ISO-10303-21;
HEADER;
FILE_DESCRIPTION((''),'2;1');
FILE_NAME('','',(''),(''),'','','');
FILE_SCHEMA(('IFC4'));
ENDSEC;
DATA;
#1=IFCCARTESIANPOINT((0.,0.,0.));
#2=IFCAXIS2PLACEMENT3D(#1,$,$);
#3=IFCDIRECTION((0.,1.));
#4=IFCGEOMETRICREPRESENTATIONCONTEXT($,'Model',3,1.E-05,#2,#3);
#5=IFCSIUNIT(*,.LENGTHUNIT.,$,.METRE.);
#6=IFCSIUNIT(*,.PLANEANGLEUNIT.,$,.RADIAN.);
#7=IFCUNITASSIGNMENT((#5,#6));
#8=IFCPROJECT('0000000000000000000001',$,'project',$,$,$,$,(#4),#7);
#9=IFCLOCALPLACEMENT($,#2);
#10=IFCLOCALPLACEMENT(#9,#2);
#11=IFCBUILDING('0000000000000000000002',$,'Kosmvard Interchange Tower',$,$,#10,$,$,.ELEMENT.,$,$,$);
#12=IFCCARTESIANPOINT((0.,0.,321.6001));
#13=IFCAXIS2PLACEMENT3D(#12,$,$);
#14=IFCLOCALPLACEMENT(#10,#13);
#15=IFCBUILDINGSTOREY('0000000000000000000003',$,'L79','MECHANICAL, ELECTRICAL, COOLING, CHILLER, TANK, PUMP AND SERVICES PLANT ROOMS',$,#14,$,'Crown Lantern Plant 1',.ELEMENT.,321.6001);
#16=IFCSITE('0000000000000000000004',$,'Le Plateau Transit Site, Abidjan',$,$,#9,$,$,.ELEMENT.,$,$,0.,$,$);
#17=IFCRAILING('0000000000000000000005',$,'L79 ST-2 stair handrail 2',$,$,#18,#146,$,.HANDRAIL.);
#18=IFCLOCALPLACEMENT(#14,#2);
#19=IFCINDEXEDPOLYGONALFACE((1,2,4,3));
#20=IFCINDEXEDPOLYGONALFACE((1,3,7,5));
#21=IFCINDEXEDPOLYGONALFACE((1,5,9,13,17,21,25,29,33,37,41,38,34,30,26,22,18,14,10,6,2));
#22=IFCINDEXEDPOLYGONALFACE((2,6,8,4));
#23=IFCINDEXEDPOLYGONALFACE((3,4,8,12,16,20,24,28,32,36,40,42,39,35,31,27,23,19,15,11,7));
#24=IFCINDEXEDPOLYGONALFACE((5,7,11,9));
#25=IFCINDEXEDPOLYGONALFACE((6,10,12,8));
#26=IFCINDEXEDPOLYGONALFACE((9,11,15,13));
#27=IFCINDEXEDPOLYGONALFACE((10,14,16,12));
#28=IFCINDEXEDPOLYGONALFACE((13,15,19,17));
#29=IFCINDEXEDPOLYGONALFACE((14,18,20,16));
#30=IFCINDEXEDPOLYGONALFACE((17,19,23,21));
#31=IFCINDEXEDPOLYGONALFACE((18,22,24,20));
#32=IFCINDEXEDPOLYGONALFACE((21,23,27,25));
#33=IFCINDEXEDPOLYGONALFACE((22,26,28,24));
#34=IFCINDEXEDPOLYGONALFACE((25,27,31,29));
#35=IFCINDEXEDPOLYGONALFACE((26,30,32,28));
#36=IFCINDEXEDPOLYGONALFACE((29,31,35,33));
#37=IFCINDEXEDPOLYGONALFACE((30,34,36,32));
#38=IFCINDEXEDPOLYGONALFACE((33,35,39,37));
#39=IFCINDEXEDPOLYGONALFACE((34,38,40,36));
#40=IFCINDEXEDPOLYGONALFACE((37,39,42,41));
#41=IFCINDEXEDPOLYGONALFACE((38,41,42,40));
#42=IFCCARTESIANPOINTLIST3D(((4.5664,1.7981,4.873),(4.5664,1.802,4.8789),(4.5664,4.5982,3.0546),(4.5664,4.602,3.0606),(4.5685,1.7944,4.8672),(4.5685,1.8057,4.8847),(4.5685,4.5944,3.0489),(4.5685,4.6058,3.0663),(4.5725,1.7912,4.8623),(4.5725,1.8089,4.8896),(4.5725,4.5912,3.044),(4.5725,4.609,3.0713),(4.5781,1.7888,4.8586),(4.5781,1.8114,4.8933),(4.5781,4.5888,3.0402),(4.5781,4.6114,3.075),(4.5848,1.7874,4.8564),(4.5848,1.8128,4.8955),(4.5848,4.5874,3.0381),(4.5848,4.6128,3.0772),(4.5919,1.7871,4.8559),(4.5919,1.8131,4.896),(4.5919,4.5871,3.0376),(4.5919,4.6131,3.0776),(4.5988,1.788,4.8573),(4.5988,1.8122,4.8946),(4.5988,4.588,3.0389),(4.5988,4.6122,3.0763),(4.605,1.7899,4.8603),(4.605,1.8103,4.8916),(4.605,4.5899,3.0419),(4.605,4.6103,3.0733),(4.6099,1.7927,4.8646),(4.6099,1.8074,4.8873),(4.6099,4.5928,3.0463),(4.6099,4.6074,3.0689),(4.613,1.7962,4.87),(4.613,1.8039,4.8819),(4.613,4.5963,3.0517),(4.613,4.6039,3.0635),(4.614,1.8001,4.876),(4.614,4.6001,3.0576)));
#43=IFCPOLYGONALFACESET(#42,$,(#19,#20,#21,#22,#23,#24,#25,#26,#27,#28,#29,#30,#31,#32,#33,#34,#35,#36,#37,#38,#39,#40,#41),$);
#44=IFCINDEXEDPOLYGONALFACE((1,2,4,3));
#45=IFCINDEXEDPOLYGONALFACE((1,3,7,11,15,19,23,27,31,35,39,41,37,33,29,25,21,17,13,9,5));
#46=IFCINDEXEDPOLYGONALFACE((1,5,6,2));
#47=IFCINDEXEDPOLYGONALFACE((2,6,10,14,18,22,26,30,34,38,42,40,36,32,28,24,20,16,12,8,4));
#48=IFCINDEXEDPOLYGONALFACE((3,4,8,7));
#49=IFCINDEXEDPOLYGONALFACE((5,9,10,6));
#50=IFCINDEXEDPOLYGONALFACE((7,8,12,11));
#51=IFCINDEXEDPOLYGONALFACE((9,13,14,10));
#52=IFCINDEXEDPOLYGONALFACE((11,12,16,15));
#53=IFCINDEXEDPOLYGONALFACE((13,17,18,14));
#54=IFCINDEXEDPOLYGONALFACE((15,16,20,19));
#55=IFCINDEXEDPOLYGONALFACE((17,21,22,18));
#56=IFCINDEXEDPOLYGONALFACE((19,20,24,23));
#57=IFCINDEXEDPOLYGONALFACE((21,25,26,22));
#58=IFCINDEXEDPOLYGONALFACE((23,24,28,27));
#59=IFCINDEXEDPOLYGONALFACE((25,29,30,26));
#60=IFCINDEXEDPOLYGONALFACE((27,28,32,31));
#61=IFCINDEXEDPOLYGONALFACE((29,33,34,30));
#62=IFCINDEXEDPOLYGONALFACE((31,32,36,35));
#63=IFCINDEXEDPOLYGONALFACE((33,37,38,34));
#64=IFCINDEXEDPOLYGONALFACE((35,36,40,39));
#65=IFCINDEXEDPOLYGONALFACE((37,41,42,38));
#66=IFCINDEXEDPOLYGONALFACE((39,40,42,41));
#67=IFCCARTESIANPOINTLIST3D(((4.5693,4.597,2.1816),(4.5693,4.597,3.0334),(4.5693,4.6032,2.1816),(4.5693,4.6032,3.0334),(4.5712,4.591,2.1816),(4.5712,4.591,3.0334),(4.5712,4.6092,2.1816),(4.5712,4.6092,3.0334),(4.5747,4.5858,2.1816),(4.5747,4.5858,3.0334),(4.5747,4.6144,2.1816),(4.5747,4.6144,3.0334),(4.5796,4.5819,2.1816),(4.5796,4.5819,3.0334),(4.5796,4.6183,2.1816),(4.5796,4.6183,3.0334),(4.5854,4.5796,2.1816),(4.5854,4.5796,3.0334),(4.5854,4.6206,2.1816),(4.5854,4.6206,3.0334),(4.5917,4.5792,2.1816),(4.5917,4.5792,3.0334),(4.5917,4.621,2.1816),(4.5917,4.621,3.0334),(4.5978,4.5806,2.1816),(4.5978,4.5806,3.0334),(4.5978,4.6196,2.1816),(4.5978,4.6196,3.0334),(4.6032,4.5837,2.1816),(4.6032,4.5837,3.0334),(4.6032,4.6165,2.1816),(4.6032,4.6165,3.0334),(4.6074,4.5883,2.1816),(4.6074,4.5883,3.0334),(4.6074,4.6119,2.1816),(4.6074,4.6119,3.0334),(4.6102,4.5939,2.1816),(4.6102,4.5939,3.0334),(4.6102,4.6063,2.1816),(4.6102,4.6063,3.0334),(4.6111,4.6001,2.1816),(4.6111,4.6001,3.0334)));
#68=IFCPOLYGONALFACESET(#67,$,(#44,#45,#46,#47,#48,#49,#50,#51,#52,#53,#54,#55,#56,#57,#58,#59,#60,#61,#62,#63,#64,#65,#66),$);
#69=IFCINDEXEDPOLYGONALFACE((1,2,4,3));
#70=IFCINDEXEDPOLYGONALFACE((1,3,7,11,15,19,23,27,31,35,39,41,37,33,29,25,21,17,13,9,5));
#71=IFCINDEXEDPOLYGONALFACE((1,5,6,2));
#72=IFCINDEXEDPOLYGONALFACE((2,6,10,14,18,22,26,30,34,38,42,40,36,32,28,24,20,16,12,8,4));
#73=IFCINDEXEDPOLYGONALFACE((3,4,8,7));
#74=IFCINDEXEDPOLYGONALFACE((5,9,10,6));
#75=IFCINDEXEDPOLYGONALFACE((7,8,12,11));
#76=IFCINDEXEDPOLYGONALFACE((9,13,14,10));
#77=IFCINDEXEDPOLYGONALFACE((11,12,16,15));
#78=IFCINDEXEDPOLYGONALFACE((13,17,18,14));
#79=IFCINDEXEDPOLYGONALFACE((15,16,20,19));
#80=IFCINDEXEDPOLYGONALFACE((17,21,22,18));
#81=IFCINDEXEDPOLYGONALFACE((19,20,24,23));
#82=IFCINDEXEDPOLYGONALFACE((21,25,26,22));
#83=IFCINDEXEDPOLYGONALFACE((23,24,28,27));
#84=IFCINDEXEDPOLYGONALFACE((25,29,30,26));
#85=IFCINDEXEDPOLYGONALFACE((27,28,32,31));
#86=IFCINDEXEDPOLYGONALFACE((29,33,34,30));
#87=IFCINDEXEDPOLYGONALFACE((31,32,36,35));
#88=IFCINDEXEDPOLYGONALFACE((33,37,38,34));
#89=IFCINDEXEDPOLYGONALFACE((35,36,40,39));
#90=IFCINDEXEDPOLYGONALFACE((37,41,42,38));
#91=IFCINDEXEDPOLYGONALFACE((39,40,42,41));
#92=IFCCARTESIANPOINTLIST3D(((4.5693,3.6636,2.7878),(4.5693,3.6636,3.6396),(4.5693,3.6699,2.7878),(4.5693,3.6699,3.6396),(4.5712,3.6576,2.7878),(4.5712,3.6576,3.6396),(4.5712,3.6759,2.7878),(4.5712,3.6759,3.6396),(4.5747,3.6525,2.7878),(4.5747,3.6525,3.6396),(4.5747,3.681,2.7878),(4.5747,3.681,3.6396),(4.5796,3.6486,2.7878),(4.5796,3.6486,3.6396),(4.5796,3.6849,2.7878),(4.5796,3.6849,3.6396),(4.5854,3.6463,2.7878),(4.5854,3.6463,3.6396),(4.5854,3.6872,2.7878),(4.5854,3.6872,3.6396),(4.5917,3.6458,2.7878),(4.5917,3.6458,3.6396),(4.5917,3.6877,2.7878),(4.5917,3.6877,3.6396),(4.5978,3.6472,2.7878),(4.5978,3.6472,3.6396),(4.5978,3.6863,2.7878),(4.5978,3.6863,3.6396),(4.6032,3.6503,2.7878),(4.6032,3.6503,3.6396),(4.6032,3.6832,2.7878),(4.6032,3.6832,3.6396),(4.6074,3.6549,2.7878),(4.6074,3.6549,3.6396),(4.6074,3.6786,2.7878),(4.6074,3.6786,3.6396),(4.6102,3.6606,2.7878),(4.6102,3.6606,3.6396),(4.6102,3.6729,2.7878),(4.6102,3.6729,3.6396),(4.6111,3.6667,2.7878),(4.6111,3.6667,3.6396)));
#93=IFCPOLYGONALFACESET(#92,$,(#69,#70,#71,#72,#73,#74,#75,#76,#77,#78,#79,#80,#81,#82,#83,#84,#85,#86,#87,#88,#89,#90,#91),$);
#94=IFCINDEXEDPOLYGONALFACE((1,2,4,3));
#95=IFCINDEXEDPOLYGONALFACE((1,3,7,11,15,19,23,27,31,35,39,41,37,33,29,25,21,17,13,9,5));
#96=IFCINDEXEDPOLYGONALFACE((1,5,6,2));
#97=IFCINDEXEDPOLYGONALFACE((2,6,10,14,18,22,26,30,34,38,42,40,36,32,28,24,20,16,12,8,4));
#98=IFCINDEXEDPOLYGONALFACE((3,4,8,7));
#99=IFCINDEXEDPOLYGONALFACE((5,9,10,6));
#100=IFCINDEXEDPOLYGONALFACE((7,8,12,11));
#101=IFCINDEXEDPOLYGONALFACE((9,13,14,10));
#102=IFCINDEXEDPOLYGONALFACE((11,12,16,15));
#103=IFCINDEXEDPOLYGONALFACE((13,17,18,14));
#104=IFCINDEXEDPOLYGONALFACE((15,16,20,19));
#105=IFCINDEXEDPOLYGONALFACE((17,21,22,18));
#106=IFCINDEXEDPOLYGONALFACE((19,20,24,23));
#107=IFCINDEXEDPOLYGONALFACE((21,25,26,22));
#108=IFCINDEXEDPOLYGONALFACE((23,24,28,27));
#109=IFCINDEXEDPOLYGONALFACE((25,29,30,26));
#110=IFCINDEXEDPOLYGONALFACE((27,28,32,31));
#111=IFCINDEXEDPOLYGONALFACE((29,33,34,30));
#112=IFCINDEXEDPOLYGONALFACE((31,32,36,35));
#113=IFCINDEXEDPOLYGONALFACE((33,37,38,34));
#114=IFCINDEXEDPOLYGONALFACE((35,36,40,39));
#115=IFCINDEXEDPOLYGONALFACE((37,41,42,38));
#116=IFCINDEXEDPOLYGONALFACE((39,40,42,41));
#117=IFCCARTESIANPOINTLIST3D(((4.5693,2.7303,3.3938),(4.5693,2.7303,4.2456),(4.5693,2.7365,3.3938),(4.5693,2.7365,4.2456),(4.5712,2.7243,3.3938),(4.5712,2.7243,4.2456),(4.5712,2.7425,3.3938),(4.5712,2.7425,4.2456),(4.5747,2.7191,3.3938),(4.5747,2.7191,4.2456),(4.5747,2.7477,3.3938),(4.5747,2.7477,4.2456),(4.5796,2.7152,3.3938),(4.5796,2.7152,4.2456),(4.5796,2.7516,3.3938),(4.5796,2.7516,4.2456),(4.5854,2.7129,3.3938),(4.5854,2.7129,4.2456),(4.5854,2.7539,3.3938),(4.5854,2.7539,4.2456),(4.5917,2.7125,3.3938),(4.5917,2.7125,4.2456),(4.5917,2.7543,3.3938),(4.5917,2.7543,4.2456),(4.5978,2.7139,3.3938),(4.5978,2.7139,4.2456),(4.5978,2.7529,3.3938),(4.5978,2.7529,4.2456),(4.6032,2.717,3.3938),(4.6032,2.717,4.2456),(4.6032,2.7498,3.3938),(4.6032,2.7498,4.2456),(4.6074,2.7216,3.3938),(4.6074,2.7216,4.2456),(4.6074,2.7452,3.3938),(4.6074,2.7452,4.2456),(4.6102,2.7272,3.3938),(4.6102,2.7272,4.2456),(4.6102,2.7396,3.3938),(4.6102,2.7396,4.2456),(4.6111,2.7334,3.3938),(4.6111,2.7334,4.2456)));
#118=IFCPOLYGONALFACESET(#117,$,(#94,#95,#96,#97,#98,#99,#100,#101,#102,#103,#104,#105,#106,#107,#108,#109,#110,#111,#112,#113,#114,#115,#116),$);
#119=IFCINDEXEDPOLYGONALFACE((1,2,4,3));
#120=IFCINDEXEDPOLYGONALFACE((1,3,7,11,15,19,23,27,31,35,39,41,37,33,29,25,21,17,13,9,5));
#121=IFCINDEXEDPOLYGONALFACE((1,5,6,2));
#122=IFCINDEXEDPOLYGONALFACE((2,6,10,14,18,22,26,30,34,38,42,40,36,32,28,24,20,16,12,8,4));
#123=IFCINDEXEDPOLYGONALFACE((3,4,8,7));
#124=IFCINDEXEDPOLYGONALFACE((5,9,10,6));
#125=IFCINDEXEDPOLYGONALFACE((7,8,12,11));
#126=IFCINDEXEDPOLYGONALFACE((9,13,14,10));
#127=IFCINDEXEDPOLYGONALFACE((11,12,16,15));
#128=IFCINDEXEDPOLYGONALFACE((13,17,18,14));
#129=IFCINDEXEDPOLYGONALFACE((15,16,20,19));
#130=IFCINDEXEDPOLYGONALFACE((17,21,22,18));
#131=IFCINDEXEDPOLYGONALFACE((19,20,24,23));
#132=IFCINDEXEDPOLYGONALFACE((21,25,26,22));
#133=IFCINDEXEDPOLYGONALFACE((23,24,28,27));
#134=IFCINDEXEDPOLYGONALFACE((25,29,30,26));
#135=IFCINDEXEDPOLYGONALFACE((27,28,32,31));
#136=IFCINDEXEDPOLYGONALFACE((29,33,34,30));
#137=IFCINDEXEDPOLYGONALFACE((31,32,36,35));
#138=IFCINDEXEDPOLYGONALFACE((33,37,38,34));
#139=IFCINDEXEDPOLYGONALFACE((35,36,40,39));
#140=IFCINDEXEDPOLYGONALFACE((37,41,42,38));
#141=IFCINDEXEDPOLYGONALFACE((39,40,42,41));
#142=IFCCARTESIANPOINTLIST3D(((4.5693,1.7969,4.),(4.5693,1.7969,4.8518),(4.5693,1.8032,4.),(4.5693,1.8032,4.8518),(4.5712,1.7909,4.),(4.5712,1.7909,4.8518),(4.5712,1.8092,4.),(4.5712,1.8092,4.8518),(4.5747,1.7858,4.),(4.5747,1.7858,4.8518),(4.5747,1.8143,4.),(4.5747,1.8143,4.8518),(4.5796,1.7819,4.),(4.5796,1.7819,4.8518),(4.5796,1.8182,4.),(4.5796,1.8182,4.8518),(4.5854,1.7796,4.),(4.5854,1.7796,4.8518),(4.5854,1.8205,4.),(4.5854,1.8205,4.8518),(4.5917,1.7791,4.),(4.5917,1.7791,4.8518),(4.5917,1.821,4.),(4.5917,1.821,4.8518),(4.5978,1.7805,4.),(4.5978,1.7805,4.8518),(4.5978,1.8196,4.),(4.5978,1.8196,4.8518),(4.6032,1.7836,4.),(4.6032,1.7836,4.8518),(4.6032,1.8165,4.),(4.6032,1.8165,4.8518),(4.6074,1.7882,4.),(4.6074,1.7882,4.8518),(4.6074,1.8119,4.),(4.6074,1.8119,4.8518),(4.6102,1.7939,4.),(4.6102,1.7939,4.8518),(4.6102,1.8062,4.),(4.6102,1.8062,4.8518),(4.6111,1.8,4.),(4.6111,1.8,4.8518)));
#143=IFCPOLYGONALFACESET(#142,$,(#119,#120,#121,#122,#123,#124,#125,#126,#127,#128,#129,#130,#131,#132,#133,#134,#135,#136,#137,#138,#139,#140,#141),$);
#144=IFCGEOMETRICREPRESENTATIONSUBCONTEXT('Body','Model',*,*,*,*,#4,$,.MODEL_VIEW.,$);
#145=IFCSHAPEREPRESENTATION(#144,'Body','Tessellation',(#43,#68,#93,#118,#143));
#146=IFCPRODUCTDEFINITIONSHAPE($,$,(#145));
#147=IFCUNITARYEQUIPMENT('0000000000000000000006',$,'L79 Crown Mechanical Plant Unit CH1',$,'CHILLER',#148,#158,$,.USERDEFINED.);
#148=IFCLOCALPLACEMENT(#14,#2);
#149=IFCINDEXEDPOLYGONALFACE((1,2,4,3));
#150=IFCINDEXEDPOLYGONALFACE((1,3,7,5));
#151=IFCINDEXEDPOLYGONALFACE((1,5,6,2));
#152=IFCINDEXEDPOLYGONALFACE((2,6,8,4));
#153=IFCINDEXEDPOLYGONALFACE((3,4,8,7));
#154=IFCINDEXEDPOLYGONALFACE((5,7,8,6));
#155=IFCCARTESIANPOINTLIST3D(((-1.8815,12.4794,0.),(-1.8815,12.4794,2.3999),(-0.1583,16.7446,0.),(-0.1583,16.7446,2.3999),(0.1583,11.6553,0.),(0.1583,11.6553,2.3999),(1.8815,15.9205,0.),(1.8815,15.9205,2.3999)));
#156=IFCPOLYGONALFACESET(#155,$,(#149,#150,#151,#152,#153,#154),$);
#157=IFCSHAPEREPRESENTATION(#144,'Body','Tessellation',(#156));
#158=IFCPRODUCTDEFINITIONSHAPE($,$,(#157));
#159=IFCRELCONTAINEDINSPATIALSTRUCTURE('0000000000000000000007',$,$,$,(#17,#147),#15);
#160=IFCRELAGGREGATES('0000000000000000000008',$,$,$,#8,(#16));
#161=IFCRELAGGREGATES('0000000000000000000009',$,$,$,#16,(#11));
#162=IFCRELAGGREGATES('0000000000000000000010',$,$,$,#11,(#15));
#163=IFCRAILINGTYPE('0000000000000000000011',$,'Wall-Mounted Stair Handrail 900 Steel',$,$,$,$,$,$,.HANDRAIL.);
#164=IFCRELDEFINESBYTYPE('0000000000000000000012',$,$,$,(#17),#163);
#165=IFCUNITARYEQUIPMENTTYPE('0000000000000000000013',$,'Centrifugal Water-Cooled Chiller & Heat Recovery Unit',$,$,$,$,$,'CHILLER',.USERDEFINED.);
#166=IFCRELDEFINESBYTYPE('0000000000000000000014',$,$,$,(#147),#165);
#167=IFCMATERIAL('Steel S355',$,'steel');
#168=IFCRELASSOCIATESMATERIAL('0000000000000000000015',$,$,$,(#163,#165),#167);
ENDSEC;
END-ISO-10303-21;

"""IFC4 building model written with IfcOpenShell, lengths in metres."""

from ifc_helpers import new_model, si_unit, direction, frame, origin, origin_2d, place, context, subcontext, project, spatial, rectangle, circle, extrude, source, transform, mapped, material, type_object, element, save


model = new_model("IFC4")

# Units and contexts
model_context = context("Model", 3, precision=1e-05, world=origin(), true_north=direction((0.0, 1.0)))
body_context = subcontext(model_context, "Body", "Model", "MODEL_VIEW")
ifc_project = project(units=[si_unit("LENGTHUNIT", "METRE"), si_unit("PLANEANGLEUNIT", "RADIAN")], contexts=[model_context])

# Site, building, storey
site_placement = place(None, origin())
site = spatial("IfcSite", under=ifc_project, at=site_placement, Name="Le Plateau Transit Site, Abidjan", CompositionType="ELEMENT", RefElevation=0.0)
building_placement = place(site_placement, origin())
building = spatial("IfcBuilding", under=site, at=building_placement, Name="Kosmvard Interchange Tower", CompositionType="ELEMENT")
storey_placement = place(building_placement, frame((0.0, 0.0, 321.6001)))
storey = spatial("IfcBuildingStorey", under=building, at=storey_placement, Name="L79", Description="MECHANICAL, ELECTRICAL, COOLING, CHILLER, TANK, PUMP AND SERVICES PLANT ROOMS", LongName="Crown Lantern Plant 1", CompositionType="ELEMENT", Elevation=321.6001)

# Shared definitions
ifc_material_1 = material(Name="Steel S355", Category="steel")

# Railing
railing_type_1 = type_object("IfcRailingType", Name="Wall-Mounted Stair Handrail 900 Steel", PredefinedType="HANDRAIL", material=ifc_material_1)
shared_shape_1 = source(origin(), body_context, "Body", "SweptSolid", [
    extrude(circle(Radius=0.0239, at=origin_2d()), frame((0.0, 0.0, 0.876), z_axis=(0.0, -0.838672, 0.544636), x_axis=(1.0, 0.0, 0.0)), (0.0, 0.0, 1.0), 3.3386),
    extrude(circle(Radius=0.021, at=origin_2d()), origin(), (0.0, 0.0, 1.0), 0.8518),
    extrude(circle(Radius=0.021, at=origin_2d()), frame((0.0, -0.9333, 0.6062)), (0.0, 0.0, 1.0), 0.8518),
    extrude(circle(Radius=0.021, at=origin_2d()), frame((0.0, -1.8667, 1.2122)), (0.0, 0.0, 1.0), 0.8518),
    extrude(circle(Radius=0.021, at=origin_2d()), frame((0.0, -2.8, 1.8184)), (0.0, 0.0, 1.0), 0.8518),
])
railing_1_placement = place(storey_placement, frame((4.5901, 4.6001, 2.1816)))
element("IfcRailing", 1, at=railing_1_placement, inside=storey, type_object=railing_type_1, Name="L79 ST-2 stair handrail 2", PredefinedType="HANDRAIL", context=body_context, shape_type="MappedRepresentation", body=[
    mapped(shared_shape_1, transform((0.0, 0.0, 0.0), scale=1.0)),
])

# Unitary equipment
unitary_equipment_type = type_object("IfcUnitaryEquipmentType", Name="Centrifugal Water-Cooled Chiller & Heat Recovery Unit", ElementType="CHILLER", PredefinedType="USERDEFINED", material=ifc_material_1)
shared_shape_2 = source(origin(), body_context, "Body", "SweptSolid", [
    extrude(rectangle(XDim=4.6001, YDim=2.2, at=origin_2d()), origin(), (0.0, 0.0, 1.0), 2.3999),
])
unitary_equipment_placement = place(storey_placement, frame((0.0, 14.2, 0.0), z_axis=(0.0, 0.0, 1.0), x_axis=(0.374607, 0.927184, 0.0)))
element("IfcUnitaryEquipment", 2, at=unitary_equipment_placement, inside=storey, type_object=unitary_equipment_type, Name="L79 Crown Mechanical Plant Unit CH1", ObjectType="CHILLER", PredefinedType="USERDEFINED", context=body_context, shape_type="MappedRepresentation", body=[
    mapped(shared_shape_2, transform((0.0, 0.0, 0.0), scale=1.0)),
])

save(model, "model.ifc")
